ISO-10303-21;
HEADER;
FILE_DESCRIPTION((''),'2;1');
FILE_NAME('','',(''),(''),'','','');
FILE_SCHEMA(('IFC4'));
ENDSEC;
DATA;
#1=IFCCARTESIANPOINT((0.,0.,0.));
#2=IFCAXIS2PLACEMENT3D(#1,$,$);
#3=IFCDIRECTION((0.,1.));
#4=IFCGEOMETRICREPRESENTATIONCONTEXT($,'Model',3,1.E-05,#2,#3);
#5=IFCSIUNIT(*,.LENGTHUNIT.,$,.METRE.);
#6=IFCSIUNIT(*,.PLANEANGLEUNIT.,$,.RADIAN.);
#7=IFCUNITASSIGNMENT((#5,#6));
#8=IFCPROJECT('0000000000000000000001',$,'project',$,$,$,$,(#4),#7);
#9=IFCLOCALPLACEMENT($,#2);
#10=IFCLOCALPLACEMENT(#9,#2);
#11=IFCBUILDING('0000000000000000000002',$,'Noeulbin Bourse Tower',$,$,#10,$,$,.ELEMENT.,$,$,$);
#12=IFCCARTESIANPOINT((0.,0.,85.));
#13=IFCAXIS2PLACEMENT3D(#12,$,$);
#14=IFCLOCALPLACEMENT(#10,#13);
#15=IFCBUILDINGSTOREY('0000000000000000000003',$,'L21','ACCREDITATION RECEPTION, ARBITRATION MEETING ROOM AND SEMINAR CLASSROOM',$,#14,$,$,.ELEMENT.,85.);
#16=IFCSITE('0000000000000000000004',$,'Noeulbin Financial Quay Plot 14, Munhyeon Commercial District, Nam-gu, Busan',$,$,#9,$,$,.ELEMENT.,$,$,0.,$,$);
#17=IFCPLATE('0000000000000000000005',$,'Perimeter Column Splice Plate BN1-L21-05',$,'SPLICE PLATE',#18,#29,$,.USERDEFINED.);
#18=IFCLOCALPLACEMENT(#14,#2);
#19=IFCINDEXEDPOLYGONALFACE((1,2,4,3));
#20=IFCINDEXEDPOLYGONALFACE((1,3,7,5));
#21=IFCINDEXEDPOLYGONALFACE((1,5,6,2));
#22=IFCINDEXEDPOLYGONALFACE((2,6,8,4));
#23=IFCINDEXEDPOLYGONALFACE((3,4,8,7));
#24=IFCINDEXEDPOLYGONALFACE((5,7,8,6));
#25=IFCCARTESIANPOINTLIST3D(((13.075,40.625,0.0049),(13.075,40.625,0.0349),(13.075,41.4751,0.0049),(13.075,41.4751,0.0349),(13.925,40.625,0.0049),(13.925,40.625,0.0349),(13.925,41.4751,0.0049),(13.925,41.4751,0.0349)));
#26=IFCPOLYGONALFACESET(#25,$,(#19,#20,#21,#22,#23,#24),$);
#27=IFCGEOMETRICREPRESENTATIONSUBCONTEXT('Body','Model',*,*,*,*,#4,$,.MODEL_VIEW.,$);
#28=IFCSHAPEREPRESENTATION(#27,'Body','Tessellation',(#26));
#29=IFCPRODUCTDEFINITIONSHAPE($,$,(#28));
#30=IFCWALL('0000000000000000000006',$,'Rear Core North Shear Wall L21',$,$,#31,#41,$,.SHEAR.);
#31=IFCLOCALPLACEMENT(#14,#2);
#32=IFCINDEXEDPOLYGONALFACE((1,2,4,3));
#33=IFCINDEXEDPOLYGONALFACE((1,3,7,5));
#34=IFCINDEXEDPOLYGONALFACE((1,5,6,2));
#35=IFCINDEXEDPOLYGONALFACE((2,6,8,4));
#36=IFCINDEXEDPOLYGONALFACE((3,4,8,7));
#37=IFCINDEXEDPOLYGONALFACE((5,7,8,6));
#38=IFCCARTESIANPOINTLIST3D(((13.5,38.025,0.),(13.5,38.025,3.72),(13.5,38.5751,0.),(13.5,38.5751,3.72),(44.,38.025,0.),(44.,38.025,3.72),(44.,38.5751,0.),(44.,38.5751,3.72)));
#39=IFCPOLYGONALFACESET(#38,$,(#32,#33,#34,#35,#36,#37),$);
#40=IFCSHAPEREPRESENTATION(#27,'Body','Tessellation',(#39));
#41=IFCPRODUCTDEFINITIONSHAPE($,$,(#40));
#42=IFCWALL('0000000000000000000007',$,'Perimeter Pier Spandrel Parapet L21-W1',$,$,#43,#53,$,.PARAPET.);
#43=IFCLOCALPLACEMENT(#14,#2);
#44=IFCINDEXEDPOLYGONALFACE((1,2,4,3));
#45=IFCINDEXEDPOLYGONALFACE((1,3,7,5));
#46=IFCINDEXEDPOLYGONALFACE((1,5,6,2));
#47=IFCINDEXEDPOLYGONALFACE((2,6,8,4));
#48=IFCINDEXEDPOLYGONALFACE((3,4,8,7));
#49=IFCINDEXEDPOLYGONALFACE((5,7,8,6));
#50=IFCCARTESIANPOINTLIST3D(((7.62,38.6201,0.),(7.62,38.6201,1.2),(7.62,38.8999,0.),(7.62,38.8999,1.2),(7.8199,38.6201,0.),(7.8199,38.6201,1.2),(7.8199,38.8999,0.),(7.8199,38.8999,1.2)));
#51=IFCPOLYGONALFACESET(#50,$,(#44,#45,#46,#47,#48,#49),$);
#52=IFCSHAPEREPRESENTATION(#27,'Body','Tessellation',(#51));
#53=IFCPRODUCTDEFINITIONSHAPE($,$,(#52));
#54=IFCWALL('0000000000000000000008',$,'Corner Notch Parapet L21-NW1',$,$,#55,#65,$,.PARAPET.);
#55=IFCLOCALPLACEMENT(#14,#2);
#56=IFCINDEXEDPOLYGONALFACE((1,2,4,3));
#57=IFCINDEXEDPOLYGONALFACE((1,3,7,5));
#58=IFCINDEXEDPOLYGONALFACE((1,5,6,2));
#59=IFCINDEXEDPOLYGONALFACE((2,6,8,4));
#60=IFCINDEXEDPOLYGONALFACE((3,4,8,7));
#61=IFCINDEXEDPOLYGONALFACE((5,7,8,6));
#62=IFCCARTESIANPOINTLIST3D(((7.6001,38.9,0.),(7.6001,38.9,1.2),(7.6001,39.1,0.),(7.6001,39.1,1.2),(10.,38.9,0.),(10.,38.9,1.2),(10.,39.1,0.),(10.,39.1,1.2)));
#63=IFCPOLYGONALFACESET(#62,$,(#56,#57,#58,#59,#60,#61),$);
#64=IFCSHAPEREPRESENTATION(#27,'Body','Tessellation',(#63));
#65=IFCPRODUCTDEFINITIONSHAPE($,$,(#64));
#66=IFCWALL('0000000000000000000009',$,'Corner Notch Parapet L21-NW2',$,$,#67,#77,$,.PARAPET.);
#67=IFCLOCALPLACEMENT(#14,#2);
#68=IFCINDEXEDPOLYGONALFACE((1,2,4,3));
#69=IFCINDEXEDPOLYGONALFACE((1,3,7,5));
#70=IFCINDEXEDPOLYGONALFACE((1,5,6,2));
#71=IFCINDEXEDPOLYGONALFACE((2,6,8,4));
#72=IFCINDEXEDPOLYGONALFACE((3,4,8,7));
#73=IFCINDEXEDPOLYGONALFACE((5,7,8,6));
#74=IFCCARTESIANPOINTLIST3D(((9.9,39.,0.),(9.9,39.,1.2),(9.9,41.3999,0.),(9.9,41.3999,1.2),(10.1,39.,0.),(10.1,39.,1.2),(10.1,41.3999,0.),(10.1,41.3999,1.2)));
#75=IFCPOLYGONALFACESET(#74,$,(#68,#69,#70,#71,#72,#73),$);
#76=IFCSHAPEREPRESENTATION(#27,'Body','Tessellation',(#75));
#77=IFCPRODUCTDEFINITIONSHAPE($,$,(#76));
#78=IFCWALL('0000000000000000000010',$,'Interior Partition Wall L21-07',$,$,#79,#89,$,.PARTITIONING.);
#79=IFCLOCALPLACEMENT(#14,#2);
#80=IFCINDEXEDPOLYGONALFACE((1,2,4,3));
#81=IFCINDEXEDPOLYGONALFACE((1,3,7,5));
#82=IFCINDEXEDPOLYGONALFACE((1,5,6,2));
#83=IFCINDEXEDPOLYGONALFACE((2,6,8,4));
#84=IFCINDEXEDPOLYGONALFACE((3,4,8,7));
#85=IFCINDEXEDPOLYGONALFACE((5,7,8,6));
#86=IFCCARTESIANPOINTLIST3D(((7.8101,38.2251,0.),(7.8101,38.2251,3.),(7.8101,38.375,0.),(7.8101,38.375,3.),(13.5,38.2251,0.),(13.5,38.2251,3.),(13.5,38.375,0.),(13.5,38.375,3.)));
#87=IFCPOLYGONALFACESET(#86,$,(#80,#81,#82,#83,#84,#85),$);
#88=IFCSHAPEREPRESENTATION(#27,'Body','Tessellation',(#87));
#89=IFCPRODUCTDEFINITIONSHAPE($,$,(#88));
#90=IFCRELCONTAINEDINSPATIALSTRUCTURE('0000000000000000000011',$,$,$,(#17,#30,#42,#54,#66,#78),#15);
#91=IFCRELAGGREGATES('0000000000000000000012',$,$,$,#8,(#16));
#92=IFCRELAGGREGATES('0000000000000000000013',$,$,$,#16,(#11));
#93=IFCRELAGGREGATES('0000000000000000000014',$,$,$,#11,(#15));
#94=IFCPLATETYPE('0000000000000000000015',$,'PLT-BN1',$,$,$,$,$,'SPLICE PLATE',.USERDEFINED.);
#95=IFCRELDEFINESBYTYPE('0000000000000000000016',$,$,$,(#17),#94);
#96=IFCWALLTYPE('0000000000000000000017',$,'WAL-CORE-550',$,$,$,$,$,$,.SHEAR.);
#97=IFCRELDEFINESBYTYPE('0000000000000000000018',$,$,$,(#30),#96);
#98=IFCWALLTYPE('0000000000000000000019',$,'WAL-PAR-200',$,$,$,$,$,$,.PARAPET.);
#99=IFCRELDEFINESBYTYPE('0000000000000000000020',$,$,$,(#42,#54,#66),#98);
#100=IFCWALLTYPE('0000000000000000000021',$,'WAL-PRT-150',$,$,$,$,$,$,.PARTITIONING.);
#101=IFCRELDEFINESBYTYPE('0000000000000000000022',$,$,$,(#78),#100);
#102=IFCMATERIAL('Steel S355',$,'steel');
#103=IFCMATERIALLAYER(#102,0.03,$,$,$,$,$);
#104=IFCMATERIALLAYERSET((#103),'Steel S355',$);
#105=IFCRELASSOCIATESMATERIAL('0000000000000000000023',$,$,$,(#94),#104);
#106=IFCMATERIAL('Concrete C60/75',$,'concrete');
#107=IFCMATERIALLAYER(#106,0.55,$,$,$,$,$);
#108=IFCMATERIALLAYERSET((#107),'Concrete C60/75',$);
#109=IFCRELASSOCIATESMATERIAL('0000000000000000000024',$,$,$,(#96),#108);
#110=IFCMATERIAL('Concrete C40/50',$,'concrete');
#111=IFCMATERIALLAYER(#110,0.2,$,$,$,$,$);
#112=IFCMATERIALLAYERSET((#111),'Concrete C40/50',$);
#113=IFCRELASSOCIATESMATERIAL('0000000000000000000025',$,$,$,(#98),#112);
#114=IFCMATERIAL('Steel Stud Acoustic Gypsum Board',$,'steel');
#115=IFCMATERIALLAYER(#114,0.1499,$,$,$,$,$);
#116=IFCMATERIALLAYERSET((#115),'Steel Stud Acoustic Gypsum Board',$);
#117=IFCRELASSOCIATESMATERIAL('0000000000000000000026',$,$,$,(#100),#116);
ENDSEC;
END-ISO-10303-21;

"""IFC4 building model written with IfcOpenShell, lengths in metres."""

from ifc_helpers import new_model, si_unit, direction, frame, frame_2d, origin, origin_2d, place, context, subcontext, project, spatial, rectangle, extrude, material, layer, layer_set, type_object, element, save


model = new_model("IFC4")

# Units and contexts
model_context = context("Model", 3, precision=1e-05, world=origin(), true_north=direction((0.0, 1.0)))
body_context = subcontext(model_context, "Body", "Model", "MODEL_VIEW")
ifc_project = project(units=[si_unit("LENGTHUNIT", "METRE"), si_unit("PLANEANGLEUNIT", "RADIAN")], contexts=[model_context])

# Site, building, storey
site_placement = place(None, origin())
site = spatial("IfcSite", under=ifc_project, at=site_placement, Name="Noeulbin Financial Quay Plot 14, Munhyeon Commercial District, Nam-gu, Busan", CompositionType="ELEMENT", RefElevation=0.0)
building_placement = place(site_placement, origin())
building = spatial("IfcBuilding", under=site, at=building_placement, Name="Noeulbin Bourse Tower", CompositionType="ELEMENT")
storey_placement = place(building_placement, frame((0.0, 0.0, 85.0)))
storey = spatial("IfcBuildingStorey", under=building, at=storey_placement, Name="L21", Description="ACCREDITATION RECEPTION, ARBITRATION MEETING ROOM AND SEMINAR CLASSROOM", CompositionType="ELEMENT", Elevation=85.0)

# Shared definitions
ifc_material_1 = material(Name="Steel S355", Category="steel")

# Plate
ifc_layer_1 = layer(ifc_material_1, 0.03)
ifc_layer_set_1 = layer_set([ifc_layer_1], Name="Steel S355")
plate_type_1 = type_object("IfcPlateType", Name="PLT-BN1", ElementType="SPLICE PLATE", PredefinedType="USERDEFINED", material=ifc_layer_set_1)
for number, where, z_axis, x_axis, name in (
    (1, (13.5, 41.05, 0.0049), (0.0, 0.0, 1.0), (1.0, 0.0, 0.0), "Perimeter Column Splice Plate BN1-L21-05"),
):
    element("IfcPlate", number, at=place(storey_placement, frame(where, z_axis=z_axis, x_axis=x_axis)), inside=storey, type_object=plate_type_1, Name=name, ObjectType="SPLICE PLATE", PredefinedType="USERDEFINED", context=body_context, shape_type="SweptSolid", body=[
        extrude(rectangle(XDim=0.8501, YDim=0.8501, at=origin_2d()), origin(), (0.0, 0.0, 1.0), 0.03),
    ])

# Walls
ifc_material_2 = material(Name="Concrete C60/75", Category="concrete")
ifc_layer_2 = layer(ifc_material_2, 0.55)
ifc_layer_set_2 = layer_set([ifc_layer_2], Name="Concrete C60/75")
wall_type_1 = type_object("IfcWallType", Name="WAL-CORE-550", PredefinedType="SHEAR", material=ifc_layer_set_2)
wall_1_placement = place(storey_placement, frame((13.5, 38.3, 0.0), z_axis=(0.0, 0.0, 1.0), x_axis=(1.0, 0.0, 0.0)))
element("IfcWall", 2, at=wall_1_placement, inside=storey, type_object=wall_type_1, Name="Rear Core North Shear Wall L21", PredefinedType="SHEAR", context=body_context, shape_type="SweptSolid", body=[
    extrude(rectangle(XDim=30.5, YDim=0.55, at=frame_2d((15.25, 0.0))), origin(), (0.0, 0.0, 1.0), 3.72),
])
ifc_material_3 = material(Name="Concrete C40/50", Category="concrete")
ifc_layer_3 = layer(ifc_material_3, 0.2)
ifc_layer_set_3 = layer_set([ifc_layer_3], Name="Concrete C40/50")
wall_type_2 = type_object("IfcWallType", Name="WAL-PAR-200", PredefinedType="PARAPET", material=ifc_layer_set_3)
wall_2_placement = place(storey_placement, frame((7.72, 38.6201, 0.0), z_axis=(0.0, 0.0, 1.0), x_axis=(0.0, 1.0, 0.0)))
element("IfcWall", 3, at=wall_2_placement, inside=storey, type_object=wall_type_2, Name="Perimeter Pier Spandrel Parapet L21-W1", PredefinedType="PARAPET", context=body_context, shape_type="SweptSolid", body=[
    extrude(rectangle(XDim=0.2798, YDim=0.2, at=frame_2d((0.1399, 0.0))), origin(), (0.0, 0.0, 1.0), 1.2),
])
for number, where, z_axis, x_axis, name in (
    (4, (7.6001, 39.0, 0.0), (0.0, 0.0, 1.0), (1.0, 0.0, 0.0), "Corner Notch Parapet L21-NW1"),
    (5, (10.0, 39.0, 0.0), (0.0, 0.0, 1.0), (0.0, 1.0, 0.0), "Corner Notch Parapet L21-NW2"),
):
    element("IfcWall", number, at=place(storey_placement, frame(where, z_axis=z_axis, x_axis=x_axis)), inside=storey, type_object=wall_type_2, Name=name, PredefinedType="PARAPET", context=body_context, shape_type="SweptSolid", body=[
        extrude(rectangle(XDim=2.3999, YDim=0.2, at=frame_2d((1.2, 0.0))), origin(), (0.0, 0.0, 1.0), 1.2),
    ])
ifc_material_4 = material(Name="Steel Stud Acoustic Gypsum Board", Category="steel")
ifc_layer_4 = layer(ifc_material_4, 0.1499)
ifc_layer_set_4 = layer_set([ifc_layer_4], Name="Steel Stud Acoustic Gypsum Board")
wall_type_3 = type_object("IfcWallType", Name="WAL-PRT-150", PredefinedType="PARTITIONING", material=ifc_layer_set_4)
wall_3_placement = place(storey_placement, frame((7.8101, 38.3, 0.0), z_axis=(0.0, 0.0, 1.0), x_axis=(1.0, 0.0, 0.0)))
element("IfcWall", 6, at=wall_3_placement, inside=storey, type_object=wall_type_3, Name="Interior Partition Wall L21-07", PredefinedType="PARTITIONING", context=body_context, shape_type="SweptSolid", body=[
    extrude(rectangle(XDim=5.6899, YDim=0.1499, at=frame_2d((2.845, 0.0))), origin(), (0.0, 0.0, 1.0), 3.0),
])

save(model, "model.ifc")
